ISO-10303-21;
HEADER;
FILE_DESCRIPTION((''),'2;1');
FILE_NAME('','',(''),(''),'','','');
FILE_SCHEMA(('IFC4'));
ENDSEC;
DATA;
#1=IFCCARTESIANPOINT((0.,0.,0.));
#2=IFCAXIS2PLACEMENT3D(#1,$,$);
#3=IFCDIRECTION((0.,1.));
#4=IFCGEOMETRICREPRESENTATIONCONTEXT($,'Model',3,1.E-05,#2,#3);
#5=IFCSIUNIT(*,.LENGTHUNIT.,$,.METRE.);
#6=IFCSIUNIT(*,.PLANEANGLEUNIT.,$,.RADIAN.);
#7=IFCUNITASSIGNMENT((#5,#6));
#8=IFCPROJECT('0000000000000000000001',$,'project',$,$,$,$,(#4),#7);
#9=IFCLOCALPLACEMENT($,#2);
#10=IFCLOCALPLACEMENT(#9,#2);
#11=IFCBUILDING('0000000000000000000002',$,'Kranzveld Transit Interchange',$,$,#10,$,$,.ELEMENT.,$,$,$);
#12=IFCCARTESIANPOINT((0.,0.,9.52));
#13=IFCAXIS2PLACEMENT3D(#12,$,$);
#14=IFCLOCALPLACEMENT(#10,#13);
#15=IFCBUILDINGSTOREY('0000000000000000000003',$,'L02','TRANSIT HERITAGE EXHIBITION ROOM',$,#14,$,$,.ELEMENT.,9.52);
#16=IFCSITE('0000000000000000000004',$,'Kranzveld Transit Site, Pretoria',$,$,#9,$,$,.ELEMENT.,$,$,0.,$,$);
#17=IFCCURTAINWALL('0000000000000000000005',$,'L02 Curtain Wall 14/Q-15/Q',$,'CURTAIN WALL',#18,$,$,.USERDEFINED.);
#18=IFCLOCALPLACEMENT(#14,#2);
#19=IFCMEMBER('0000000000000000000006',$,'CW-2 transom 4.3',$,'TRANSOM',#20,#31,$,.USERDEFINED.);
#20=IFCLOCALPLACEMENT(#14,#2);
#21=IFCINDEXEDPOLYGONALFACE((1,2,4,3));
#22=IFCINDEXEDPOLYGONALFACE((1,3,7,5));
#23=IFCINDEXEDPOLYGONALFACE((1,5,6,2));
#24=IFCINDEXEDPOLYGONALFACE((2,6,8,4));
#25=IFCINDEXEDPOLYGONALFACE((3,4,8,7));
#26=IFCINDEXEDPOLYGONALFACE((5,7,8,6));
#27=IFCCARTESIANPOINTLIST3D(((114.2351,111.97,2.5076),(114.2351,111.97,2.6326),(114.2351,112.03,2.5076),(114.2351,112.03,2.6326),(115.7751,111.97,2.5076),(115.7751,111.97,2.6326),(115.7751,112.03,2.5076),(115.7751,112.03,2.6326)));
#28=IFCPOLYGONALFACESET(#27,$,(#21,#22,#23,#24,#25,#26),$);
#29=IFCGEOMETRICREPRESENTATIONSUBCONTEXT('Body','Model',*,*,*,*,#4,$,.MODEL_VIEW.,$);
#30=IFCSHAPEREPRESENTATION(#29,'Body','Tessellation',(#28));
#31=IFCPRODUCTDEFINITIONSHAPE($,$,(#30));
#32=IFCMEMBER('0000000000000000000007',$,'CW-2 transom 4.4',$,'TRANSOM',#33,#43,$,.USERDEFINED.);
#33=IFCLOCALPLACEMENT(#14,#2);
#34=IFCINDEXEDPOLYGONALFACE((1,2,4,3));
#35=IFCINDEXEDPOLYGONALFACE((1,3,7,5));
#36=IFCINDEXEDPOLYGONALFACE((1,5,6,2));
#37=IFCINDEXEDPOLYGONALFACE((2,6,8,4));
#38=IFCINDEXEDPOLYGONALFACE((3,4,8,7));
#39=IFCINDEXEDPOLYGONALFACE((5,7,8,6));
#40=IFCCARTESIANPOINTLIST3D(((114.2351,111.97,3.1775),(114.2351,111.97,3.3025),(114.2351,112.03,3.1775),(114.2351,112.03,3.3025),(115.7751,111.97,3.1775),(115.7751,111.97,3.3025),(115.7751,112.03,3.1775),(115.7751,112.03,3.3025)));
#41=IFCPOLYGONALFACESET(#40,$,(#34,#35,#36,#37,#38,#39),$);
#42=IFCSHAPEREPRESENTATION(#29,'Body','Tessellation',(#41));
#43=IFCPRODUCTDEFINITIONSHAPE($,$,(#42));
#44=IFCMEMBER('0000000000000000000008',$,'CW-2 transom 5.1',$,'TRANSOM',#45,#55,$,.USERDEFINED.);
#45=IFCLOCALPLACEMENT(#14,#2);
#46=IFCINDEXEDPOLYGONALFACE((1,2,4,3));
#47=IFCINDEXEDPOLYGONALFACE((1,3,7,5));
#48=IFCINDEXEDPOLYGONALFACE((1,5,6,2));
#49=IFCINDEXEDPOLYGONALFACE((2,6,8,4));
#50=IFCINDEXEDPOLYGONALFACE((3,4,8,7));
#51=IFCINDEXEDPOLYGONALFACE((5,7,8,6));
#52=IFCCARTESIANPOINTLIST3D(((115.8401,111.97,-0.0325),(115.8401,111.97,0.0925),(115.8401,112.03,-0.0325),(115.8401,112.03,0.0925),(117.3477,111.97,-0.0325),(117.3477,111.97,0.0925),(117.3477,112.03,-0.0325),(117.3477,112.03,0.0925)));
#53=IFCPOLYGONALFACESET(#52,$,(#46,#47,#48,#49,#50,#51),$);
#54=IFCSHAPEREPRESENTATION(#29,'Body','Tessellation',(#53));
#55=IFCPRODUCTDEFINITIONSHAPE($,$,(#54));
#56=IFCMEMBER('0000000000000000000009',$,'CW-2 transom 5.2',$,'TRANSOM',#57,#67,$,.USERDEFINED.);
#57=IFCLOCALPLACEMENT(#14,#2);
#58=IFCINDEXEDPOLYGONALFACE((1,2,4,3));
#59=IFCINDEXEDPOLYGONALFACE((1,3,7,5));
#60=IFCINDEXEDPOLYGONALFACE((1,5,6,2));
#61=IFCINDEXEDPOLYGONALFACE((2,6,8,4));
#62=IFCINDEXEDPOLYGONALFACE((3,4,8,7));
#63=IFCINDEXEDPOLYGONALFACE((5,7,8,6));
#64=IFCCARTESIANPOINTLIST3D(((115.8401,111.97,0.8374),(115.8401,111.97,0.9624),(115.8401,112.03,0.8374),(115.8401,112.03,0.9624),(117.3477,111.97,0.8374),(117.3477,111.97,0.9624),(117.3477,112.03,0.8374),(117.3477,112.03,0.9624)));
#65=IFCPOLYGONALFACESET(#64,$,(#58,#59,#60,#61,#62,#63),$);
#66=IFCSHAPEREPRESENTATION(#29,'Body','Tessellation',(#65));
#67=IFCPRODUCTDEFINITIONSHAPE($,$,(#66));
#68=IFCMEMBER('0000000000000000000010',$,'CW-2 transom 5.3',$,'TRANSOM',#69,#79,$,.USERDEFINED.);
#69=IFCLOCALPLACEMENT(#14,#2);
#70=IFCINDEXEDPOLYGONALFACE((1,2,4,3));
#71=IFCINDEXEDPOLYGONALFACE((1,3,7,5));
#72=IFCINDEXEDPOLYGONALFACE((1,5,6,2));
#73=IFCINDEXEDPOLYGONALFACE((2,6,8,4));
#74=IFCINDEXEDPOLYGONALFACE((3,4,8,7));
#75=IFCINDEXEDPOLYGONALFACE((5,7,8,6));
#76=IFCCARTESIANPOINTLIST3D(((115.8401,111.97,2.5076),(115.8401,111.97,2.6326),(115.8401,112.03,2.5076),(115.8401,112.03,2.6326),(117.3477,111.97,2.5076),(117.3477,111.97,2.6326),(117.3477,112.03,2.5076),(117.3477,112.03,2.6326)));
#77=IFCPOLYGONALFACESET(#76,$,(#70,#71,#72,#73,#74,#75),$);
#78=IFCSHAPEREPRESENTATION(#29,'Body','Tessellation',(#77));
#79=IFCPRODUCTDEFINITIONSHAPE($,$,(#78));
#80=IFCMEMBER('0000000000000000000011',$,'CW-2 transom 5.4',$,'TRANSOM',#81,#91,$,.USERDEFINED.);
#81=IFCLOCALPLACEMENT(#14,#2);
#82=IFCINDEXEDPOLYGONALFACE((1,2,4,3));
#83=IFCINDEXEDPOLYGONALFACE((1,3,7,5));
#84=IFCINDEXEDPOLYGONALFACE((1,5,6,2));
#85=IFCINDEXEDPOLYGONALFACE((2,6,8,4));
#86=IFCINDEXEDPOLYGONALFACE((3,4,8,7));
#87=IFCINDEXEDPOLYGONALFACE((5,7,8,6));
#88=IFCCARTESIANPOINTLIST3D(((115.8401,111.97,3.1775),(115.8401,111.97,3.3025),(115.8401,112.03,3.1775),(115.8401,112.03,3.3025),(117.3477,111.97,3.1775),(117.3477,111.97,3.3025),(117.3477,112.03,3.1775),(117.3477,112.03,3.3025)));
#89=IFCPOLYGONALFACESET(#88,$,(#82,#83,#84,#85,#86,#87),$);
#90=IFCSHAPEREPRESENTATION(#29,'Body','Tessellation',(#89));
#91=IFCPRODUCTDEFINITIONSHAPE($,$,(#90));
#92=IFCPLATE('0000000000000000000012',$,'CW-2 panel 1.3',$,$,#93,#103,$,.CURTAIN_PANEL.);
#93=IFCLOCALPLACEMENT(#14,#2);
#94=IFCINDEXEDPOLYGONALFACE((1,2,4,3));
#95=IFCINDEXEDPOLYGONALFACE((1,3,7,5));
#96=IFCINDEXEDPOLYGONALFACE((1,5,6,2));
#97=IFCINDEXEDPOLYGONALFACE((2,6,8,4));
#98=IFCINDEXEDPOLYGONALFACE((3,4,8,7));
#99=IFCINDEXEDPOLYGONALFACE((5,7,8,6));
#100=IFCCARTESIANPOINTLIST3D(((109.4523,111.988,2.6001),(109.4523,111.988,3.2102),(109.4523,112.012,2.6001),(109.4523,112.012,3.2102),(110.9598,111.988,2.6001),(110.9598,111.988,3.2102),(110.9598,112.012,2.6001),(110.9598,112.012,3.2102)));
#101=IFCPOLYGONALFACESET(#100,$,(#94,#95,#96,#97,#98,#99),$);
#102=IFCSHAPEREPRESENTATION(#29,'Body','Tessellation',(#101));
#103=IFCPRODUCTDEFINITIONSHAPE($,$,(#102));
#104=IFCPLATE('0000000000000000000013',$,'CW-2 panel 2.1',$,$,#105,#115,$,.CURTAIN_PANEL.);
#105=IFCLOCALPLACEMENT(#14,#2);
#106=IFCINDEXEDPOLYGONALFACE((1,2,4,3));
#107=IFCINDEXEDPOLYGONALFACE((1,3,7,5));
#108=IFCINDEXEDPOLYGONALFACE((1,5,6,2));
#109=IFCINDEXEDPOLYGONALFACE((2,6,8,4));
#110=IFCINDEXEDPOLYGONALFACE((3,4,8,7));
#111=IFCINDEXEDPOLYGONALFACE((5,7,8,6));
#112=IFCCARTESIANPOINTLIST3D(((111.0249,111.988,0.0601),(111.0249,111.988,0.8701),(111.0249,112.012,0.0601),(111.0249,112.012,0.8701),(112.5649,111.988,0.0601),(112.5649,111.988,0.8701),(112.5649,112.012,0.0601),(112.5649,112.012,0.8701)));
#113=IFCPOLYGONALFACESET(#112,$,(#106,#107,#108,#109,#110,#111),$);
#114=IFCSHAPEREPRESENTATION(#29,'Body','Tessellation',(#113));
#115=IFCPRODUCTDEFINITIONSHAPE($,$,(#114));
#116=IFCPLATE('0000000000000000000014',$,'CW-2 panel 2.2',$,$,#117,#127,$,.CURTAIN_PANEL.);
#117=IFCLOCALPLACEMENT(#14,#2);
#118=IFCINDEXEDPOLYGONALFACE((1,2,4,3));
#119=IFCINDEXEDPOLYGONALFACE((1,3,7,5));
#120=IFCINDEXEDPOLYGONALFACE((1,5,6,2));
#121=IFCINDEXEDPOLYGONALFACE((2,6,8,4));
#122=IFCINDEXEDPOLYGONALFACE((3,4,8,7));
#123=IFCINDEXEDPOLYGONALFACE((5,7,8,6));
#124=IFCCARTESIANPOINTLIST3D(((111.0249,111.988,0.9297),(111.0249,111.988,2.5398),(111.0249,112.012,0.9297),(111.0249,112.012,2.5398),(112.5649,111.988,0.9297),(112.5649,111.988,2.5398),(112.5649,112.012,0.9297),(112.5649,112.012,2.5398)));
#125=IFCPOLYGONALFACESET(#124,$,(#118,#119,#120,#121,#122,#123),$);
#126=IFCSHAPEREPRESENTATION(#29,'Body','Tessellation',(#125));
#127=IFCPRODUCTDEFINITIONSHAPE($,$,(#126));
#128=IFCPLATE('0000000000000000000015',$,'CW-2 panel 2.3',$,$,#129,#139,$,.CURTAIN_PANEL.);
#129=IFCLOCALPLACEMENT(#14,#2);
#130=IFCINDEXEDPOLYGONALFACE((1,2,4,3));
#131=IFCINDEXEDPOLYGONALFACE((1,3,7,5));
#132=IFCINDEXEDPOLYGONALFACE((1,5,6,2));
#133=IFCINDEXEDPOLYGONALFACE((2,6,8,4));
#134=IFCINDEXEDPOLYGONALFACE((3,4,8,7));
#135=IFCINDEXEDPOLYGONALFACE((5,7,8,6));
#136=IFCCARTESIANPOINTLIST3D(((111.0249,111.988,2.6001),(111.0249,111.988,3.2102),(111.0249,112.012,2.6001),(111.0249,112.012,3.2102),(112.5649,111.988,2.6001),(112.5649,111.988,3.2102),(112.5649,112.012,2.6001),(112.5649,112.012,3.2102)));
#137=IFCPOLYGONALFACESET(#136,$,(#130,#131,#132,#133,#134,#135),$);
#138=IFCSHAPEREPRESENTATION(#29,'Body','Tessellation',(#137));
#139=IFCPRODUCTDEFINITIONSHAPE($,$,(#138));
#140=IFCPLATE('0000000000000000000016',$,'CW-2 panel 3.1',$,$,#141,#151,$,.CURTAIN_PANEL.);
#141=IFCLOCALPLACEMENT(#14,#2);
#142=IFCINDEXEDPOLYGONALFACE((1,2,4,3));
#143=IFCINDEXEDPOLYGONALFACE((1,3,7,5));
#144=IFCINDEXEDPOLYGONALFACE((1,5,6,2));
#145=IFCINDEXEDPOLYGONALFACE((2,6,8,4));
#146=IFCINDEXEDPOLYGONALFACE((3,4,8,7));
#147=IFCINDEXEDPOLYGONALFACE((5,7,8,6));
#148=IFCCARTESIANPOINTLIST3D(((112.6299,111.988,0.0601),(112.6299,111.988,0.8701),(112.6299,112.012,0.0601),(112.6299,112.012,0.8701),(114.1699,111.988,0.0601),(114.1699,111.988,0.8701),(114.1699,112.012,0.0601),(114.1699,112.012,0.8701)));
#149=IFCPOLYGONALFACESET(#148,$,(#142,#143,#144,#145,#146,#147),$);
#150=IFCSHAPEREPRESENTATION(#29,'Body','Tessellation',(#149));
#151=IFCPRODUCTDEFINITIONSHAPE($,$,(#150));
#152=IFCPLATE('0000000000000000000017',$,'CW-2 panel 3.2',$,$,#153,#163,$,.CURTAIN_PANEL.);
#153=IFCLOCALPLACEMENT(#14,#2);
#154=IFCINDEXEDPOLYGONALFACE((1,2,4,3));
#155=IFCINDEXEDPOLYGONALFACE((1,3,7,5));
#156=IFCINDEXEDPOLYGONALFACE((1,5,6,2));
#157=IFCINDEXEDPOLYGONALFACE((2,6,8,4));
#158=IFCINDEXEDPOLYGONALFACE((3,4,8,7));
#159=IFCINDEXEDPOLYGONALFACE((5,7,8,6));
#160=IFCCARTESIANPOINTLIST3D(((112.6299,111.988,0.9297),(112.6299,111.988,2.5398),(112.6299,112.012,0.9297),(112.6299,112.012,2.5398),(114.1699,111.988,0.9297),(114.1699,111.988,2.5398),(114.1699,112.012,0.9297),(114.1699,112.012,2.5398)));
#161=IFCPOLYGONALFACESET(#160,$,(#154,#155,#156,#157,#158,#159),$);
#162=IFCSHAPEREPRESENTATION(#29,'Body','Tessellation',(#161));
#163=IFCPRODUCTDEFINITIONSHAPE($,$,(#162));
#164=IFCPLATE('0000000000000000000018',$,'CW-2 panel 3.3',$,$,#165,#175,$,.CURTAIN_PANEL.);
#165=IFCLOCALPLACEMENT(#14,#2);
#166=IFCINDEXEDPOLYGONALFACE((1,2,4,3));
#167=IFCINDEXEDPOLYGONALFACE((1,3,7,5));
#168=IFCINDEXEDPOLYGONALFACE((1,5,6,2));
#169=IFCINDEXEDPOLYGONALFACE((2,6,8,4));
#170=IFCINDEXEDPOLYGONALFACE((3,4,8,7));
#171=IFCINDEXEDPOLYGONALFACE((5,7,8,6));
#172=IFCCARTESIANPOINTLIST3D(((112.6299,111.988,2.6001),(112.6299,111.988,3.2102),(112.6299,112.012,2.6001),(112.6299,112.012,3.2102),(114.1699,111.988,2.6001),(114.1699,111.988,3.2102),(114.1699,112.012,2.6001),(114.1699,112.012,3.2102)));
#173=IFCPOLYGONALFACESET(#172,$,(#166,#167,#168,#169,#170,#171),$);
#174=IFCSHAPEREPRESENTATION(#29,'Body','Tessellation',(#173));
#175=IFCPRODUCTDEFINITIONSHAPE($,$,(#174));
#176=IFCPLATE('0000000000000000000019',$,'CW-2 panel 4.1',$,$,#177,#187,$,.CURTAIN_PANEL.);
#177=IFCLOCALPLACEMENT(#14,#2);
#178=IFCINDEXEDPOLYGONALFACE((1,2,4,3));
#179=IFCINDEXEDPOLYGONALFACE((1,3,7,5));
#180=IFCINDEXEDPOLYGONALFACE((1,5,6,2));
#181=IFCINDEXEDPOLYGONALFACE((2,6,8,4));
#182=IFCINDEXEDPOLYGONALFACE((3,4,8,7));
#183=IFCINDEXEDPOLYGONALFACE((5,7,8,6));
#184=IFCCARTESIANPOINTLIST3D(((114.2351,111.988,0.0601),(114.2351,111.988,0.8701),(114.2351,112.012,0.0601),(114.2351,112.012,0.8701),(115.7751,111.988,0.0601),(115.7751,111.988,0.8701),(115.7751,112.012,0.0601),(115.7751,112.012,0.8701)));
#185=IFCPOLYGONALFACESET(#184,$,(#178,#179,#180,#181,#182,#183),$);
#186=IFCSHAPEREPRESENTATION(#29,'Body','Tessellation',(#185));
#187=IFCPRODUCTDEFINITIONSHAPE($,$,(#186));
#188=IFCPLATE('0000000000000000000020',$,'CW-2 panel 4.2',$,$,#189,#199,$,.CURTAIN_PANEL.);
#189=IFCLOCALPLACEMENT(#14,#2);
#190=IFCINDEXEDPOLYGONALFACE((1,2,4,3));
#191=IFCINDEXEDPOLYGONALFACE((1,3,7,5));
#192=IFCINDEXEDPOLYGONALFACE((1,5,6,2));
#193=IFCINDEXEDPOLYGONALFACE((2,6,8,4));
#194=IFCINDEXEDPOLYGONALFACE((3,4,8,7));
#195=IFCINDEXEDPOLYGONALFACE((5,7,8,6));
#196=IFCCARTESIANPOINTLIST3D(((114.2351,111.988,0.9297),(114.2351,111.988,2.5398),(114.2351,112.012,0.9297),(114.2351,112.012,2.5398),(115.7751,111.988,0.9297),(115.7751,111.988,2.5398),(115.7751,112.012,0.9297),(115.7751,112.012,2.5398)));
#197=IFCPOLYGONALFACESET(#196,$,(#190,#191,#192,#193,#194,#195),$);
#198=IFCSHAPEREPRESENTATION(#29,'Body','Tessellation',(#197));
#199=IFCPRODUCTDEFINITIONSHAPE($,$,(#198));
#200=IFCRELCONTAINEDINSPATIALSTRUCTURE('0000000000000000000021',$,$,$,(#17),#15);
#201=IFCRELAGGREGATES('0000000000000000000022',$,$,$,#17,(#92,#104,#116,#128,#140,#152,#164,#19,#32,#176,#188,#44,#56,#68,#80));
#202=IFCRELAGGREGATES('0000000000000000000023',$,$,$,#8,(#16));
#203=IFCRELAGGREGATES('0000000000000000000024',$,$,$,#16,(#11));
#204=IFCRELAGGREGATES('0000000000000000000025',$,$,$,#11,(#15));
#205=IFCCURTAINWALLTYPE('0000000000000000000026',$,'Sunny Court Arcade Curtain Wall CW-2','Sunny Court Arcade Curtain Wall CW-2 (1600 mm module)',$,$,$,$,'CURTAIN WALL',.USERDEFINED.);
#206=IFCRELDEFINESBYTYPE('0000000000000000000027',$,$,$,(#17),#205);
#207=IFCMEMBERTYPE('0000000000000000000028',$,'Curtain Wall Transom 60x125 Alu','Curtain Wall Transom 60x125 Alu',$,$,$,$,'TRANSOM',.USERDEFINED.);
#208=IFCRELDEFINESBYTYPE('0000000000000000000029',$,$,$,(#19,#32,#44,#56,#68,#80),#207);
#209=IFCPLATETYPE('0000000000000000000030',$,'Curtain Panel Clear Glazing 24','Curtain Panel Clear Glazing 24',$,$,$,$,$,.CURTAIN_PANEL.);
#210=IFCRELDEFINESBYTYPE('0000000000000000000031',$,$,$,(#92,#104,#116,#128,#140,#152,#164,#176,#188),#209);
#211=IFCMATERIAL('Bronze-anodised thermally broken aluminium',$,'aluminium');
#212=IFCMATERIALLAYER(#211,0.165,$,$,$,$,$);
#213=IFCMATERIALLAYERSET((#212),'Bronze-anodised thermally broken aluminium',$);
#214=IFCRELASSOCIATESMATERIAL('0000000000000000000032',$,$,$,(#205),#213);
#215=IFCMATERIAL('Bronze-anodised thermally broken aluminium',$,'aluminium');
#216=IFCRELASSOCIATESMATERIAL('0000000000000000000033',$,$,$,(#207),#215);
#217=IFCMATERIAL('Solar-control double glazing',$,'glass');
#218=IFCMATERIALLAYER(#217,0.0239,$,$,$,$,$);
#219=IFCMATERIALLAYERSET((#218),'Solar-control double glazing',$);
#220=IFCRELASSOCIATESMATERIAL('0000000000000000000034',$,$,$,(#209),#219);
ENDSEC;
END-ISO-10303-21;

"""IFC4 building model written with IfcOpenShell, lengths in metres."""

from ifc_helpers import new_model, si_unit, direction, frame, origin, origin_2d, place, context, subcontext, project, spatial, rectangle, extrude, material, layer, layer_set, material_profile, profile_set, type_object, element, aggregate, save


model = new_model("IFC4")

# Units and contexts
model_context = context("Model", 3, precision=1e-05, world=origin(), true_north=direction((0.0, 1.0)))
body_context = subcontext(model_context, "Body", "Model", "MODEL_VIEW")
ifc_project = project(units=[si_unit("LENGTHUNIT", "METRE"), si_unit("PLANEANGLEUNIT", "RADIAN")], contexts=[model_context])

# Site, building, storey
site_placement = place(None, origin())
site = spatial("IfcSite", under=ifc_project, at=site_placement, Name="Kranzveld Transit Site, Pretoria", CompositionType="ELEMENT", RefElevation=0.0)
building_placement = place(site_placement, origin())
building = spatial("IfcBuilding", under=site, at=building_placement, Name="Kranzveld Transit Interchange", CompositionType="ELEMENT")
storey_placement = place(building_placement, frame((0.0, 0.0, 9.52)))
storey = spatial("IfcBuildingStorey", under=building, at=storey_placement, Name="L02", Description="TRANSIT HERITAGE EXHIBITION ROOM", CompositionType="ELEMENT", Elevation=9.52)

# Curtain wall, members, plates
ifc_material_1 = material(Name="Bronze-anodised thermally broken aluminium", Category="aluminium")
ifc_layer_1 = layer(ifc_material_1, 0.165)
ifc_layer_set_1 = layer_set([ifc_layer_1], Name="Bronze-anodised thermally broken aluminium")
curtain_wall_type = type_object("IfcCurtainWallType", Name="Sunny Court Arcade Curtain Wall CW-2", Description="Sunny Court Arcade Curtain Wall CW-2 (1600 mm module)", ElementType="CURTAIN WALL", PredefinedType="USERDEFINED", material=ifc_layer_set_1)
curtain_wall_placement = place(storey_placement, origin())
curtain_wall = element("IfcCurtainWall", 1, at=curtain_wall_placement, inside=storey, type_object=curtain_wall_type, Name="L02 Curtain Wall 14/Q-15/Q", ObjectType="CURTAIN WALL", PredefinedType="USERDEFINED")
ifc_material_2 = material(Name="Bronze-anodised thermally broken aluminium", Category="aluminium")
ifc_material_profile_1 = material_profile(ifc_material_2, rectangle(XDim=0.0601, YDim=0.125, at=origin_2d()), Name="ALU TRANSOM 60x125")
ifc_profile_set_1 = profile_set([ifc_material_profile_1], Name="Bronze-anodised thermally broken aluminium")
member_type_1 = type_object("IfcMemberType", Name="Curtain Wall Transom 60x125 Alu", Description="Curtain Wall Transom 60x125 Alu", ElementType="TRANSOM", PredefinedType="USERDEFINED", material=ifc_profile_set_1)
member_1_placement = place(storey_placement, frame((114.2351, 112.0, 2.5701), z_axis=(1.0, 0.0, 0.0), x_axis=(0.0, 1.0, 0.0)))
member_1 = element("IfcMember", 2, at=member_1_placement, type_object=member_type_1, Name="CW-2 transom 4.3", ObjectType="TRANSOM", PredefinedType="USERDEFINED", context=body_context, shape_type="SweptSolid", body=[
    extrude(rectangle(XDim=0.0601, YDim=0.125, at=origin_2d()), origin(), (0.0, 0.0, 1.0), 1.54),
])
member_2_placement = place(storey_placement, frame((114.2351, 112.0, 3.24), z_axis=(1.0, 0.0, 0.0), x_axis=(0.0, 1.0, 0.0)))
member_2 = element("IfcMember", 3, at=member_2_placement, type_object=member_type_1, Name="CW-2 transom 4.4", ObjectType="TRANSOM", PredefinedType="USERDEFINED", context=body_context, shape_type="SweptSolid", body=[
    extrude(rectangle(XDim=0.0601, YDim=0.125, at=origin_2d()), origin(), (0.0, 0.0, 1.0), 1.54),
])
member_3_placement = place(storey_placement, frame((115.8401, 112.0, 0.03), z_axis=(1.0, 0.0, 0.0), x_axis=(0.0, 1.0, 0.0)))
member_3 = element("IfcMember", 4, at=member_3_placement, type_object=member_type_1, Name="CW-2 transom 5.1", ObjectType="TRANSOM", PredefinedType="USERDEFINED", context=body_context, shape_type="SweptSolid", body=[
    extrude(rectangle(XDim=0.0601, YDim=0.125, at=origin_2d()), origin(), (0.0, 0.0, 1.0), 1.5076),
])
member_4_placement = place(storey_placement, frame((115.8401, 112.0, 0.8999), z_axis=(1.0, 0.0, 0.0), x_axis=(0.0, 1.0, 0.0)))
member_4 = element("IfcMember", 5, at=member_4_placement, type_object=member_type_1, Name="CW-2 transom 5.2", ObjectType="TRANSOM", PredefinedType="USERDEFINED", context=body_context, shape_type="SweptSolid", body=[
    extrude(rectangle(XDim=0.0601, YDim=0.125, at=origin_2d()), origin(), (0.0, 0.0, 1.0), 1.5076),
])
member_5_placement = place(storey_placement, frame((115.8401, 112.0, 2.5701), z_axis=(1.0, 0.0, 0.0), x_axis=(0.0, 1.0, 0.0)))
member_5 = element("IfcMember", 6, at=member_5_placement, type_object=member_type_1, Name="CW-2 transom 5.3", ObjectType="TRANSOM", PredefinedType="USERDEFINED", context=body_context, shape_type="SweptSolid", body=[
    extrude(rectangle(XDim=0.0601, YDim=0.125, at=origin_2d()), origin(), (0.0, 0.0, 1.0), 1.5076),
])
member_6_placement = place(storey_placement, frame((115.8401, 112.0, 3.24), z_axis=(1.0, 0.0, 0.0), x_axis=(0.0, 1.0, 0.0)))
member_6 = element("IfcMember", 7, at=member_6_placement, type_object=member_type_1, Name="CW-2 transom 5.4", ObjectType="TRANSOM", PredefinedType="USERDEFINED", context=body_context, shape_type="SweptSolid", body=[
    extrude(rectangle(XDim=0.0601, YDim=0.125, at=origin_2d()), origin(), (0.0, 0.0, 1.0), 1.5076),
])
ifc_material_3 = material(Name="Solar-control double glazing", Category="glass")
ifc_layer_2 = layer(ifc_material_3, 0.0239)
ifc_layer_set_2 = layer_set([ifc_layer_2], Name="Solar-control double glazing")
plate_type = type_object("IfcPlateType", Name="Curtain Panel Clear Glazing 24", Description="Curtain Panel Clear Glazing 24", PredefinedType="CURTAIN_PANEL", material=ifc_layer_set_2)
plate_1_placement = place(storey_placement, frame((110.2061, 112.0, 2.6001), z_axis=(0.0, 0.0, 1.0), x_axis=(1.0, 0.0, 0.0)))
plate_1 = element("IfcPlate", 8, at=plate_1_placement, type_object=plate_type, Name="CW-2 panel 1.3", PredefinedType="CURTAIN_PANEL", context=body_context, shape_type="SweptSolid", body=[
    extrude(rectangle(XDim=1.5076, YDim=0.0239, at=origin_2d()), origin(), (0.0, 0.0, 1.0), 0.6101),
])
plate_2_placement = place(storey_placement, frame((111.7949, 112.0, 0.0601), z_axis=(0.0, 0.0, 1.0), x_axis=(1.0, 0.0, 0.0)))
plate_2 = element("IfcPlate", 9, at=plate_2_placement, type_object=plate_type, Name="CW-2 panel 2.1", PredefinedType="CURTAIN_PANEL", context=body_context, shape_type="SweptSolid", body=[
    extrude(rectangle(XDim=1.54, YDim=0.0239, at=origin_2d()), origin(), (0.0, 0.0, 1.0), 0.8101),
])
plate_3_placement = place(storey_placement, frame((111.7949, 112.0, 0.9297), z_axis=(0.0, 0.0, 1.0), x_axis=(1.0, 0.0, 0.0)))
plate_3 = element("IfcPlate", 10, at=plate_3_placement, type_object=plate_type, Name="CW-2 panel 2.2", PredefinedType="CURTAIN_PANEL", context=body_context, shape_type="SweptSolid", body=[
    extrude(rectangle(XDim=1.54, YDim=0.0239, at=origin_2d()), origin(), (0.0, 0.0, 1.0), 1.6101),
])
plate_4_placement = place(storey_placement, frame((111.7949, 112.0, 2.6001), z_axis=(0.0, 0.0, 1.0), x_axis=(1.0, 0.0, 0.0)))
plate_4 = element("IfcPlate", 11, at=plate_4_placement, type_object=plate_type, Name="CW-2 panel 2.3", PredefinedType="CURTAIN_PANEL", context=body_context, shape_type="SweptSolid", body=[
    extrude(rectangle(XDim=1.54, YDim=0.0239, at=origin_2d()), origin(), (0.0, 0.0, 1.0), 0.6101),
])
plate_5_placement = place(storey_placement, frame((113.3999, 112.0, 0.0601), z_axis=(0.0, 0.0, 1.0), x_axis=(1.0, 0.0, 0.0)))
plate_5 = element("IfcPlate", 12, at=plate_5_placement, type_object=plate_type, Name="CW-2 panel 3.1", PredefinedType="CURTAIN_PANEL", context=body_context, shape_type="SweptSolid", body=[
    extrude(rectangle(XDim=1.54, YDim=0.0239, at=origin_2d()), origin(), (0.0, 0.0, 1.0), 0.8101),
])
plate_6_placement = place(storey_placement, frame((113.3999, 112.0, 0.9297), z_axis=(0.0, 0.0, 1.0), x_axis=(1.0, 0.0, 0.0)))
plate_6 = element("IfcPlate", 13, at=plate_6_placement, type_object=plate_type, Name="CW-2 panel 3.2", PredefinedType="CURTAIN_PANEL", context=body_context, shape_type="SweptSolid", body=[
    extrude(rectangle(XDim=1.54, YDim=0.0239, at=origin_2d()), origin(), (0.0, 0.0, 1.0), 1.6101),
])
plate_7_placement = place(storey_placement, frame((113.3999, 112.0, 2.6001), z_axis=(0.0, 0.0, 1.0), x_axis=(1.0, 0.0, 0.0)))
plate_7 = element("IfcPlate", 14, at=plate_7_placement, type_object=plate_type, Name="CW-2 panel 3.3", PredefinedType="CURTAIN_PANEL", context=body_context, shape_type="SweptSolid", body=[
    extrude(rectangle(XDim=1.54, YDim=0.0239, at=origin_2d()), origin(), (0.0, 0.0, 1.0), 0.6101),
])
plate_8_placement = place(storey_placement, frame((115.0051, 112.0, 0.0601), z_axis=(0.0, 0.0, 1.0), x_axis=(1.0, 0.0, 0.0)))
plate_8 = element("IfcPlate", 15, at=plate_8_placement, type_object=plate_type, Name="CW-2 panel 4.1", PredefinedType="CURTAIN_PANEL", context=body_context, shape_type="SweptSolid", body=[
    extrude(rectangle(XDim=1.54, YDim=0.0239, at=origin_2d()), origin(), (0.0, 0.0, 1.0), 0.8101),
])
plate_9_placement = place(storey_placement, frame((115.0051, 112.0, 0.9297), z_axis=(0.0, 0.0, 1.0), x_axis=(1.0, 0.0, 0.0)))
plate_9 = element("IfcPlate", 16, at=plate_9_placement, type_object=plate_type, Name="CW-2 panel 4.2", PredefinedType="CURTAIN_PANEL", context=body_context, shape_type="SweptSolid", body=[
    extrude(rectangle(XDim=1.54, YDim=0.0239, at=origin_2d()), origin(), (0.0, 0.0, 1.0), 1.6101),
])
aggregate(curtain_wall, [plate_1, plate_2, plate_3, plate_4, plate_5, plate_6, plate_7, member_1, member_2, plate_8, plate_9, member_3, member_4, member_5, member_6])

save(model, "model.ifc")
